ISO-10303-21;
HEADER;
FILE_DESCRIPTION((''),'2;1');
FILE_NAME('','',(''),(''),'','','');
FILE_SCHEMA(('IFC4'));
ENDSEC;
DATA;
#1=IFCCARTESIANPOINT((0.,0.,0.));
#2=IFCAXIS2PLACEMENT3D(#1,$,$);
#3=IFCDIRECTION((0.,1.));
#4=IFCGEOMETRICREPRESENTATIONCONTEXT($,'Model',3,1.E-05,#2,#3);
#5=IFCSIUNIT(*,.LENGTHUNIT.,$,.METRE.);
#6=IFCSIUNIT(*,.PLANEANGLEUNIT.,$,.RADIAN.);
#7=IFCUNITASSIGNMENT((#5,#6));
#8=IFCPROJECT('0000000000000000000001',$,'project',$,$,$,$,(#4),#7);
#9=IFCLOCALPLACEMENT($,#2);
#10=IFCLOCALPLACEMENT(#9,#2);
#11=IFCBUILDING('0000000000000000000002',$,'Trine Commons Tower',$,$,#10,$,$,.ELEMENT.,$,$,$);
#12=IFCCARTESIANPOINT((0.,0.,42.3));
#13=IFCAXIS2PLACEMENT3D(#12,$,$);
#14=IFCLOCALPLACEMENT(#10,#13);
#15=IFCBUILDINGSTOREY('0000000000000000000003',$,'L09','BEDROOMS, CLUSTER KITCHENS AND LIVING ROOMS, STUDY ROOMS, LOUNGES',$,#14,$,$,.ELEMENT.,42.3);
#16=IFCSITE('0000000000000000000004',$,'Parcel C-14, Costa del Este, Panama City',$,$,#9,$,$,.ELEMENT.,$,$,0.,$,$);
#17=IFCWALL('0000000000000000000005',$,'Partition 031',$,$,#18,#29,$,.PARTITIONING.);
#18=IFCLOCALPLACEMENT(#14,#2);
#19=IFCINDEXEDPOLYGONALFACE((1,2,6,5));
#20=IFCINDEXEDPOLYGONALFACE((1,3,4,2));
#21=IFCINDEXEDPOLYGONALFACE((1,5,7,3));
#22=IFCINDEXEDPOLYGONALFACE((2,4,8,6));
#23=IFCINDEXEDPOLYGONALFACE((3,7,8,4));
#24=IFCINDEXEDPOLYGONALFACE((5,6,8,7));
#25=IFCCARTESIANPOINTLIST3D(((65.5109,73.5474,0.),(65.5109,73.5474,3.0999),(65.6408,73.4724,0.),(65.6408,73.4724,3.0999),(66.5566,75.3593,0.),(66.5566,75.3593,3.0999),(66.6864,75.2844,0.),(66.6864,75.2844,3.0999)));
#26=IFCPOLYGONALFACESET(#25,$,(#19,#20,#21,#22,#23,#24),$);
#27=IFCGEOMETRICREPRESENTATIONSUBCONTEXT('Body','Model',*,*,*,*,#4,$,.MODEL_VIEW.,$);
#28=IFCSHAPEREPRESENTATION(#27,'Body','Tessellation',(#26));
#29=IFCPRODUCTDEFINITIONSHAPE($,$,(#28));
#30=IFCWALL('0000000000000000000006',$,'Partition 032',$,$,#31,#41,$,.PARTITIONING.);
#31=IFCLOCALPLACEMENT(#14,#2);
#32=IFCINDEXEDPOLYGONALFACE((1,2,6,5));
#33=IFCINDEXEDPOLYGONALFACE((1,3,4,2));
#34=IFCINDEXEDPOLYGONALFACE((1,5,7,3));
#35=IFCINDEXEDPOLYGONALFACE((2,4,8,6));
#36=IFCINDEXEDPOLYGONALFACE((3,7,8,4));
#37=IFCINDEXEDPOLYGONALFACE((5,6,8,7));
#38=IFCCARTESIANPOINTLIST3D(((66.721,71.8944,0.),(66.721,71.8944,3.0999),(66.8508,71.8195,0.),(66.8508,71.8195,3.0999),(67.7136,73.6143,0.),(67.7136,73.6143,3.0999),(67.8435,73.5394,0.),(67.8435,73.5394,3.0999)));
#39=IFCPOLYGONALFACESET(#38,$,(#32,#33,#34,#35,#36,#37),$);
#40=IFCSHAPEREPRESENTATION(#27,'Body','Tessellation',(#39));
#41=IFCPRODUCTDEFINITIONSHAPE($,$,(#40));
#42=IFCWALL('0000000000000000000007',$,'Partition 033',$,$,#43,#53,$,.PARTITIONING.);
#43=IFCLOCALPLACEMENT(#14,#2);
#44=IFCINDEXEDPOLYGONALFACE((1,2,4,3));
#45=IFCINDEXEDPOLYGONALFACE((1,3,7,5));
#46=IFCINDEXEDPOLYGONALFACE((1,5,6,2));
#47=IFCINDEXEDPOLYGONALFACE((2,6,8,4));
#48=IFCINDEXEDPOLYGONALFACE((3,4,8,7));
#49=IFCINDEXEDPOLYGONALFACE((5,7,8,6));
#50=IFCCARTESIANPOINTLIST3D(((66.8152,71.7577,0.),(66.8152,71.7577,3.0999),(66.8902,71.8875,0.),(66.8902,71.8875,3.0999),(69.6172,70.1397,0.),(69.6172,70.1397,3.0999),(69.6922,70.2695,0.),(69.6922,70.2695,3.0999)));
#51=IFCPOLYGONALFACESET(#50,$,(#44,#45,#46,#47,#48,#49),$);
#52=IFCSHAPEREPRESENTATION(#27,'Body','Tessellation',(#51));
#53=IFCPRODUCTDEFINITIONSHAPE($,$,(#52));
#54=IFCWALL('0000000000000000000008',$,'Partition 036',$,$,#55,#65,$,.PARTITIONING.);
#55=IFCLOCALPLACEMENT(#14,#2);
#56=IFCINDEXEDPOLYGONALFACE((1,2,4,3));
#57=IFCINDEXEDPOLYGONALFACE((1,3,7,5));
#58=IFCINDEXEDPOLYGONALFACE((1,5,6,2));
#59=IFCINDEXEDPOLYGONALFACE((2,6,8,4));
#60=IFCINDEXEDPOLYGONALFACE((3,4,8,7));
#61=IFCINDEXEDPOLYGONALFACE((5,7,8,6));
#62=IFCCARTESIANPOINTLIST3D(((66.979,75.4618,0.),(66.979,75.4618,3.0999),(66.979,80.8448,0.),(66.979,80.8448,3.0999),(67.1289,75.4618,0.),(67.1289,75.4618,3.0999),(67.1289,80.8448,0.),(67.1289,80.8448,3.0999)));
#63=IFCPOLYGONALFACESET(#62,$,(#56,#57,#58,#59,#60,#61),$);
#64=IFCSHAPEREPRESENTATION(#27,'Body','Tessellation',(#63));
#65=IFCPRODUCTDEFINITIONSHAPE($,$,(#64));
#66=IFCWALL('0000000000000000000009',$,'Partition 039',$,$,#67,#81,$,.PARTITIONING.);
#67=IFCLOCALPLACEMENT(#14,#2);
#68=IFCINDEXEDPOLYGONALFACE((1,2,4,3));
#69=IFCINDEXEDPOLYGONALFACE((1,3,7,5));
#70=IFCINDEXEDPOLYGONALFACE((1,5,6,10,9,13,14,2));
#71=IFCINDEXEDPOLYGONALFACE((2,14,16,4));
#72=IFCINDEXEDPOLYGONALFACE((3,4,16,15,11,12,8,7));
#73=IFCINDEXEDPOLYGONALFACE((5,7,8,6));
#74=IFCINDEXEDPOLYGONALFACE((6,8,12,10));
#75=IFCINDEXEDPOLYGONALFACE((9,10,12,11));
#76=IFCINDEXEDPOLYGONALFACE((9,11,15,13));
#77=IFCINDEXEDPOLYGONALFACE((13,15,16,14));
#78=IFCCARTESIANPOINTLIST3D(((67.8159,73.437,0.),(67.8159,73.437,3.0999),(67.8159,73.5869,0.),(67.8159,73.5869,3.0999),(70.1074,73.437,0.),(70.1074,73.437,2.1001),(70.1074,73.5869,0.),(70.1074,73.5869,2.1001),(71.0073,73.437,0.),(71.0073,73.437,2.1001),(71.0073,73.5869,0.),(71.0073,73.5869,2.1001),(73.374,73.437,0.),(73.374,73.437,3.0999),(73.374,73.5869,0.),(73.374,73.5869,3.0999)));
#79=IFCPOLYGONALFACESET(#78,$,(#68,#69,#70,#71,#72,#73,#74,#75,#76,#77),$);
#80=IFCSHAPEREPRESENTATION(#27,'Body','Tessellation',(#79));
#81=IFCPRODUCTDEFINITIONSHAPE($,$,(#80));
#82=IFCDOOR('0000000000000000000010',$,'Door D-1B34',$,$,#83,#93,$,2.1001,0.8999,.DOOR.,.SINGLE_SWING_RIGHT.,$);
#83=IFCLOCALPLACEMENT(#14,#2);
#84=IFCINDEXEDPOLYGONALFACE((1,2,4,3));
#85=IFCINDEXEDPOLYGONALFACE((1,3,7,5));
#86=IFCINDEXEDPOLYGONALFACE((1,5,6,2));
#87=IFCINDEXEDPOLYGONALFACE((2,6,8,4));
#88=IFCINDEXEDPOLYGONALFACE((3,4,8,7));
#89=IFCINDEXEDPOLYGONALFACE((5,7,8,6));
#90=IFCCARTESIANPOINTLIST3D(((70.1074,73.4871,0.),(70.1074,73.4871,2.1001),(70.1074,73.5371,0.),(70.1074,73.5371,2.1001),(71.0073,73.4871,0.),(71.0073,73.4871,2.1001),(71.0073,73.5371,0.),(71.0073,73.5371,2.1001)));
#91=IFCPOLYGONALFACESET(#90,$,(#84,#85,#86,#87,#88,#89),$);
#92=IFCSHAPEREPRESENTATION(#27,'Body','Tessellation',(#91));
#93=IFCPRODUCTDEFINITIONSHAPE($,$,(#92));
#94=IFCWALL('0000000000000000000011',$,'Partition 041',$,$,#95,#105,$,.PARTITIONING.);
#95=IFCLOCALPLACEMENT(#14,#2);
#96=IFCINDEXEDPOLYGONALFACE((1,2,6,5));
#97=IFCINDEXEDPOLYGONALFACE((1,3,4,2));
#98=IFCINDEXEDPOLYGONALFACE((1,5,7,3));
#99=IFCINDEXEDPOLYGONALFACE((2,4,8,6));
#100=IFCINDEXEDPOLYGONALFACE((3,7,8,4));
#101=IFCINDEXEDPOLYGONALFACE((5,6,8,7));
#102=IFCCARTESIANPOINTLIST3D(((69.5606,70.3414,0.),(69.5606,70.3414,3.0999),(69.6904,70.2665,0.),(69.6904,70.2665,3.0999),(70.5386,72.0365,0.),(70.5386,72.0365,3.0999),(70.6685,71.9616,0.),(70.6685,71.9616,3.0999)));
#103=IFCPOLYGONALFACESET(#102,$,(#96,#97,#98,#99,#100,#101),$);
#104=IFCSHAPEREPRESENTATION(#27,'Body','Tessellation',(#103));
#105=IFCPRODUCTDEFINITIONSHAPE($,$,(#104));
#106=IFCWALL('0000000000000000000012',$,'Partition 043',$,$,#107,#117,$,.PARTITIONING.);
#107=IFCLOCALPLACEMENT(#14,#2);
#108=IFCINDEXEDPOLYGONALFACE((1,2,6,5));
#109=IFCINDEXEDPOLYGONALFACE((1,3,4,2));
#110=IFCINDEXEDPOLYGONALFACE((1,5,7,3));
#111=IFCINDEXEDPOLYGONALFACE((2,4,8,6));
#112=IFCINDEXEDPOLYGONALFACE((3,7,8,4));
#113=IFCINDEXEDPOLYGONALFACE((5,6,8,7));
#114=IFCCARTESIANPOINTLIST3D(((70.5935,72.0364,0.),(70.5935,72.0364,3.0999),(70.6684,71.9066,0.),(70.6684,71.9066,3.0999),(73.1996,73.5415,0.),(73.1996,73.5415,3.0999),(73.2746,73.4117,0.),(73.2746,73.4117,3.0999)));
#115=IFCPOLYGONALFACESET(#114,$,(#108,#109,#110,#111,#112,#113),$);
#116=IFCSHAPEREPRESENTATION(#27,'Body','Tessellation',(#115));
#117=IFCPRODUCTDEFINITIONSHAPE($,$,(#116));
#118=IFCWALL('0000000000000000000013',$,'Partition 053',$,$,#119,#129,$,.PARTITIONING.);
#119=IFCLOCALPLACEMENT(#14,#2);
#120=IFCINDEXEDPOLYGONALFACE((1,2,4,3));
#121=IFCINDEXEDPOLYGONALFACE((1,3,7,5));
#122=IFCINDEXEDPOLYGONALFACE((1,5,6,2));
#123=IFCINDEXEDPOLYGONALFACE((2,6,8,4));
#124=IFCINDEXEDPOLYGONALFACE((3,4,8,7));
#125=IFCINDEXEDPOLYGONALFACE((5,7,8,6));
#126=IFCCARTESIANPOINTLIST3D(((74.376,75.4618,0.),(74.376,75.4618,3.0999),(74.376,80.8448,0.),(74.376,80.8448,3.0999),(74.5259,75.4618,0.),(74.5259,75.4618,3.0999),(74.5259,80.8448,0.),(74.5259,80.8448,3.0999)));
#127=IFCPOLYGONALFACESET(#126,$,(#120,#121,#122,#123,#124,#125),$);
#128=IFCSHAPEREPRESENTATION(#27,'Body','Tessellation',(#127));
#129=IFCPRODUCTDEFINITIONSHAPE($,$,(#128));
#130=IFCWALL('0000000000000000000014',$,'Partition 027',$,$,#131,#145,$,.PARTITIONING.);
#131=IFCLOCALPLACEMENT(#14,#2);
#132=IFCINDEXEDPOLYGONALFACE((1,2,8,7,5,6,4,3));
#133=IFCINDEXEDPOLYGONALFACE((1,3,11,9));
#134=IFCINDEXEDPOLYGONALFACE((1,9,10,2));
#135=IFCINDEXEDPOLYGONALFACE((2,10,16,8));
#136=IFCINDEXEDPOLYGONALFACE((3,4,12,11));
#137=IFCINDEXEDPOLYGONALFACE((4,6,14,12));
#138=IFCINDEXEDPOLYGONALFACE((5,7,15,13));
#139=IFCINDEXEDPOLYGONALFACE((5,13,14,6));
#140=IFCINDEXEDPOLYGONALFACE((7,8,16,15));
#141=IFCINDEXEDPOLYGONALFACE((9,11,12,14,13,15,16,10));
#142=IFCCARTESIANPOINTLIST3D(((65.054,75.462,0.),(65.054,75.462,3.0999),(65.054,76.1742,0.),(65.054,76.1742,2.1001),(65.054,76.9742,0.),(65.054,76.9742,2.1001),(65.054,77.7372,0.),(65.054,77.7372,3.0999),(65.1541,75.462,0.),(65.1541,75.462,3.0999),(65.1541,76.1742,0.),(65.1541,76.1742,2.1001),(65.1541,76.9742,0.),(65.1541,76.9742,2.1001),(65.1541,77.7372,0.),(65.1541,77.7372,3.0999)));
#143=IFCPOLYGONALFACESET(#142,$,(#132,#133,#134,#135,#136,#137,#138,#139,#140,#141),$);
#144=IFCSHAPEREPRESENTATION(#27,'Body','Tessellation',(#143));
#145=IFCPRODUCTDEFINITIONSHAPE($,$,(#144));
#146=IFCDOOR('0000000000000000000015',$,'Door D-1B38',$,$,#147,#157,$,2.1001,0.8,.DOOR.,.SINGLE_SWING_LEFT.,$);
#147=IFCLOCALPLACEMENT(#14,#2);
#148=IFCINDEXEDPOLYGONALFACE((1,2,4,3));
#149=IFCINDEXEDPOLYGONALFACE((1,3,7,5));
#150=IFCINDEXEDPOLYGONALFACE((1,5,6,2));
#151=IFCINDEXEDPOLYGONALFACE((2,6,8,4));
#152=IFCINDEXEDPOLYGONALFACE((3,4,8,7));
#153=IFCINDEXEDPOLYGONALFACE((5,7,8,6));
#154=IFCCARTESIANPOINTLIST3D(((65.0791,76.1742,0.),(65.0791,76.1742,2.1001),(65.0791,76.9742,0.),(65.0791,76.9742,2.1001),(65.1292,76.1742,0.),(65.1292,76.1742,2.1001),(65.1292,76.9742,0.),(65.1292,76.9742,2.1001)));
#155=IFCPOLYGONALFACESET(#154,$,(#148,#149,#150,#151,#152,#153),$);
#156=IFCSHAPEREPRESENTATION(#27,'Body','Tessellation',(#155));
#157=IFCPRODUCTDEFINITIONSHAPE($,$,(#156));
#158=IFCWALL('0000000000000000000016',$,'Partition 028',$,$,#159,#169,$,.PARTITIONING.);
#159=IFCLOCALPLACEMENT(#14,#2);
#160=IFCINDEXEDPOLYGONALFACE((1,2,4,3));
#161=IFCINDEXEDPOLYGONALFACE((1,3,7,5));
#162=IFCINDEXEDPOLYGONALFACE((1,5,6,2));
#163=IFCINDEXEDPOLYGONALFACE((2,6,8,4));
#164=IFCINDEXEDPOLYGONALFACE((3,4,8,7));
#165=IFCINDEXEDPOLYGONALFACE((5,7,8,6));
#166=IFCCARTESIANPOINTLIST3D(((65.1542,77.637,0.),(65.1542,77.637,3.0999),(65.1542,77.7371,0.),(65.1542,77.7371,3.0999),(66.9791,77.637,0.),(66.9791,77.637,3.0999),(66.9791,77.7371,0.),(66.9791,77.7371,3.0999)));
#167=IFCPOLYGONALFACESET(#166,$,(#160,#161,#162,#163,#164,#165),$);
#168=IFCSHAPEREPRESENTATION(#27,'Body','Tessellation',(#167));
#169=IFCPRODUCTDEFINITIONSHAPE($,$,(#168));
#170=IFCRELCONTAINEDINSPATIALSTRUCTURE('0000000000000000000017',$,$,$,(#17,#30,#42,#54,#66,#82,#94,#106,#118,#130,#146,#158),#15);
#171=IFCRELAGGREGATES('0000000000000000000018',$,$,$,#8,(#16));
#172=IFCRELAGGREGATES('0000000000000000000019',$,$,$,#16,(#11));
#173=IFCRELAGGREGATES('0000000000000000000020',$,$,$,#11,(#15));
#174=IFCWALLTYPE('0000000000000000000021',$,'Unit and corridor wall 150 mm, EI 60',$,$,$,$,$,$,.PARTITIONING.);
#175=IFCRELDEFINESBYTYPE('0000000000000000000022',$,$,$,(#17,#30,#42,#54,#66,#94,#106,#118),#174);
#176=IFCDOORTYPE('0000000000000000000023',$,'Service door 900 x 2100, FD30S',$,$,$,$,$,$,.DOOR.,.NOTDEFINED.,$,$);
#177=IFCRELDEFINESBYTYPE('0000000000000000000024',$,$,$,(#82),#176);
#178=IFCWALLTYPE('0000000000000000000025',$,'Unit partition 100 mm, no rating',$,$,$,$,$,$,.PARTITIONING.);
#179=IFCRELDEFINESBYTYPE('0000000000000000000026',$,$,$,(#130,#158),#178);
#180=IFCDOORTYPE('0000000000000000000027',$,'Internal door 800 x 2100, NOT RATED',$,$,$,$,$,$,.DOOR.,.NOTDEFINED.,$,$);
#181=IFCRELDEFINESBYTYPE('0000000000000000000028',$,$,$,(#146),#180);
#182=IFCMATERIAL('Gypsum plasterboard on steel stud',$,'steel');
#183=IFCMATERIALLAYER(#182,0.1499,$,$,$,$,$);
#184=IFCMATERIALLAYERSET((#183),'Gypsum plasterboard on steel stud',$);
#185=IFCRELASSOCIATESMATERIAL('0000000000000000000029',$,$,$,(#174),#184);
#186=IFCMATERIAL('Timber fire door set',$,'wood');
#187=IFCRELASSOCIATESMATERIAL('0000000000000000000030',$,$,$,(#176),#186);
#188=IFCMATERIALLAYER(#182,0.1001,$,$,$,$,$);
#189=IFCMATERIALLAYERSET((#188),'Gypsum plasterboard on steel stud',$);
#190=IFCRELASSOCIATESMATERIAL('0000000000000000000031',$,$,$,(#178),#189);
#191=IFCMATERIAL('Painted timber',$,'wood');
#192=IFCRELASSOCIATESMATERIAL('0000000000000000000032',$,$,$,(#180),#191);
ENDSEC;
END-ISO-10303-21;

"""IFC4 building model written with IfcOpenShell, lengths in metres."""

from ifc_helpers import new_model, si_unit, direction, frame, frame_2d, origin, place, context, subcontext, project, spatial, rectangle, extrude, material, layer, layer_set, type_object, element, fill, save


model = new_model("IFC4")

# Units and contexts
model_context = context("Model", 3, precision=1e-05, world=origin(), true_north=direction((0.0, 1.0)))
body_context = subcontext(model_context, "Body", "Model", "MODEL_VIEW")
ifc_project = project(units=[si_unit("LENGTHUNIT", "METRE"), si_unit("PLANEANGLEUNIT", "RADIAN")], contexts=[model_context])

# Site, building, storey
site_placement = place(None, origin())
site = spatial("IfcSite", under=ifc_project, at=site_placement, Name="Parcel C-14, Costa del Este, Panama City", CompositionType="ELEMENT", RefElevation=0.0)
building_placement = place(site_placement, origin())
building = spatial("IfcBuilding", under=site, at=building_placement, Name="Trine Commons Tower", CompositionType="ELEMENT")
storey_placement = place(building_placement, frame((0.0, 0.0, 42.3)))
storey = spatial("IfcBuildingStorey", under=building, at=storey_placement, Name="L09", Description="BEDROOMS, CLUSTER KITCHENS AND LIVING ROOMS, STUDY ROOMS, LOUNGES", CompositionType="ELEMENT", Elevation=42.3)

# Shared definitions
ifc_material_1 = material(Name="Gypsum plasterboard on steel stud", Category="steel")
ifc_layer_1 = layer(ifc_material_1, 0.1499)
ifc_layer_set_1 = layer_set([ifc_layer_1], Name="Gypsum plasterboard on steel stud")
wall_type_1 = type_object("IfcWallType", Name="Unit and corridor wall 150 mm, EI 60", PredefinedType="PARTITIONING", material=ifc_layer_set_1)

# Shared definitions
ifc_material_2 = material(Name="Painted timber", Category="wood")

# Walls
wall_1_placement = place(storey_placement, frame((65.5759, 73.51, 0.0), z_axis=(0.0, 0.0, 1.0), x_axis=(0.499817, 0.866131, 0.0)))
element("IfcWall", 1, at=wall_1_placement, inside=storey, type_object=wall_type_1, Name="Partition 031", PredefinedType="PARTITIONING", context=body_context, shape_type="SweptSolid", body=[
    extrude(rectangle(XDim=2.092, YDim=0.1499, at=frame_2d((1.0459, 0.0))), origin(), (0.0, 0.0, 1.0), 3.0999),
])
wall_2_placement = place(storey_placement, frame((66.7859, 71.8569, 0.0), z_axis=(0.0, 0.0, 1.0), x_axis=(0.499868, 0.866102, 0.0)))
element("IfcWall", 2, at=wall_2_placement, inside=storey, type_object=wall_type_1, Name="Partition 032", PredefinedType="PARTITIONING", context=body_context, shape_type="SweptSolid", body=[
    extrude(rectangle(XDim=1.9858, YDim=0.1499, at=frame_2d((0.9929, 0.0))), origin(), (0.0, 0.0, 1.0), 3.0999),
])
wall_3_placement = place(storey_placement, frame((66.8528, 71.8225, 0.0), z_axis=(0.0, 0.0, 1.0), x_axis=(0.866001, -0.500042, 0.0)))
element("IfcWall", 3, at=wall_3_placement, inside=storey, type_object=wall_type_1, Name="Partition 033", PredefinedType="PARTITIONING", context=body_context, shape_type="SweptSolid", body=[
    extrude(rectangle(XDim=3.2356, YDim=0.1499, at=frame_2d((1.6177, 0.0))), origin(), (0.0, 0.0, 1.0), 3.0999),
])
wall_4_placement = place(storey_placement, frame((67.054, 75.4619, 0.0), z_axis=(0.0, 0.0, 1.0), x_axis=(0.0, 1.0, 0.0)))
element("IfcWall", 4, at=wall_4_placement, inside=storey, type_object=wall_type_1, Name="Partition 036", PredefinedType="PARTITIONING", context=body_context, shape_type="SweptSolid", body=[
    extrude(rectangle(XDim=5.3831, YDim=0.1499, at=frame_2d((2.6914, 0.0))), origin(), (0.0, 0.0, 1.0), 3.0999),
])

# Wall, opening, door
wall_5_placement = place(storey_placement, frame((67.8159, 73.512, 0.0), z_axis=(0.0, 0.0, 1.0), x_axis=(1.0, 0.0, 0.0)))
wall_5 = element("IfcWall", 5, at=wall_5_placement, inside=storey, type_object=wall_type_1, Name="Partition 039", PredefinedType="PARTITIONING", context=body_context, shape_type="SweptSolid", body=[
    extrude(rectangle(XDim=5.5581, YDim=0.1499, at=frame_2d((2.7791, 0.0))), origin(), (0.0, 0.0, 1.0), 3.0999),
])
opening_1_placement = place(wall_5_placement, frame((2.2915, 0.0, 0.0)))
opening_1 = element("IfcOpeningElement", 6, at=opening_1_placement, cuts=wall_5, PredefinedType="OPENING", context=body_context, shape_type="SweptSolid", body=[
    extrude(rectangle(XDim=0.8999, YDim=2.1001, at=frame_2d((0.45, 1.05))), frame((0.0, 0.085, 0.0), z_axis=(0.0, -1.0, 0.0), x_axis=(1.0, 0.0, 0.0)), (0.0, 0.0, 1.0), 0.1699),
])
ifc_material_3 = material(Name="Timber fire door set", Category="wood")
door_type_1 = type_object("IfcDoorType", Name="Service door 900 x 2100, FD30S", OperationType="NOTDEFINED", PredefinedType="DOOR", material=ifc_material_3)
door_1_placement = place(opening_1_placement, frame((0.8999, 0.0, 0.0), z_axis=(0.0, 0.0, 1.0), x_axis=(-1.0, 0.0, 0.0)))
door_1 = element("IfcDoor", 7, at=door_1_placement, inside=storey, type_object=door_type_1, Name="Door D-1B34", OperationType="SINGLE_SWING_RIGHT", OverallHeight=2.1001, OverallWidth=0.8999, PredefinedType="DOOR", context=body_context, shape_type="SweptSolid", body=[
    extrude(rectangle(XDim=0.8999, YDim=2.1001, at=frame_2d((0.45, 1.05))), frame((0.0, 0.0249, 0.0), z_axis=(0.0, -1.0, 0.0), x_axis=(1.0, 0.0, 0.0)), (0.0, 0.0, 1.0), 0.05),
])
fill(opening_1, door_1)

# Walls
wall_6_placement = place(storey_placement, frame((69.6255, 70.304, 0.0), z_axis=(0.0, 0.0, 1.0), x_axis=(0.499762, 0.866163, 0.0)))
element("IfcWall", 8, at=wall_6_placement, inside=storey, type_object=wall_type_1, Name="Partition 041", PredefinedType="PARTITIONING", context=body_context, shape_type="SweptSolid", body=[
    extrude(rectangle(XDim=1.957, YDim=0.1499, at=frame_2d((0.9785, 0.0))), origin(), (0.0, 0.0, 1.0), 3.0999),
])
wall_7_placement = place(storey_placement, frame((70.6309, 71.9714, 0.0), z_axis=(0.0, 0.0, 1.0), x_axis=(0.865963, 0.500109, 0.0)))
element("IfcWall", 9, at=wall_7_placement, inside=storey, type_object=wall_type_1, Name="Partition 043", PredefinedType="PARTITIONING", context=body_context, shape_type="SweptSolid", body=[
    extrude(rectangle(XDim=3.0095, YDim=0.1499, at=frame_2d((1.5049, 0.0))), origin(), (0.0, 0.0, 1.0), 3.0999),
])
wall_8_placement = place(storey_placement, frame((74.4509, 75.4619, 0.0), z_axis=(0.0, 0.0, 1.0), x_axis=(0.0, 1.0, 0.0)))
element("IfcWall", 10, at=wall_8_placement, inside=storey, type_object=wall_type_1, Name="Partition 053", PredefinedType="PARTITIONING", context=body_context, shape_type="SweptSolid", body=[
    extrude(rectangle(XDim=5.3831, YDim=0.1499, at=frame_2d((2.6914, 0.0))), origin(), (0.0, 0.0, 1.0), 3.0999),
])

# Wall, opening, door
ifc_layer_2 = layer(ifc_material_1, 0.1001)
ifc_layer_set_2 = layer_set([ifc_layer_2], Name="Gypsum plasterboard on steel stud")
wall_type_2 = type_object("IfcWallType", Name="Unit partition 100 mm, no rating", PredefinedType="PARTITIONING", material=ifc_layer_set_2)
wall_9_placement = place(storey_placement, frame((65.104, 75.4619, 0.0), z_axis=(0.0, 0.0, 1.0), x_axis=(0.0, 1.0, 0.0)))
wall_9 = element("IfcWall", 11, at=wall_9_placement, inside=storey, type_object=wall_type_2, Name="Partition 027", PredefinedType="PARTITIONING", context=body_context, shape_type="SweptSolid", body=[
    extrude(rectangle(XDim=2.2751, YDim=0.1001, at=frame_2d((1.1377, 0.0))), origin(), (0.0, 0.0, 1.0), 3.0999),
])
opening_2_placement = place(wall_9_placement, frame((0.7124, 0.0, 0.0)))
opening_2 = element("IfcOpeningElement", 12, at=opening_2_placement, cuts=wall_9, PredefinedType="OPENING", context=body_context, shape_type="SweptSolid", body=[
    extrude(rectangle(XDim=0.8, YDim=2.1001, at=frame_2d((0.3999, 1.05))), frame((0.0, 0.0601, 0.0), z_axis=(0.0, -1.0, 0.0), x_axis=(1.0, 0.0, 0.0)), (0.0, 0.0, 1.0), 0.1201),
])
door_type_2 = type_object("IfcDoorType", Name="Internal door 800 x 2100, NOT RATED", OperationType="NOTDEFINED", PredefinedType="DOOR", material=ifc_material_2)
door_2_placement = place(opening_2_placement, origin())
door_2 = element("IfcDoor", 13, at=door_2_placement, inside=storey, type_object=door_type_2, Name="Door D-1B38", OperationType="SINGLE_SWING_LEFT", OverallHeight=2.1001, OverallWidth=0.8, PredefinedType="DOOR", context=body_context, shape_type="SweptSolid", body=[
    extrude(rectangle(XDim=0.8, YDim=2.1001, at=frame_2d((0.3999, 1.05))), frame((0.0, 0.0249, 0.0), z_axis=(0.0, -1.0, 0.0), x_axis=(1.0, 0.0, 0.0)), (0.0, 0.0, 1.0), 0.05),
])
fill(opening_2, door_2)

# Wall
wall_10_placement = place(storey_placement, frame((65.1541, 77.687, 0.0), z_axis=(0.0, 0.0, 1.0), x_axis=(1.0, 0.0, 0.0)))
element("IfcWall", 14, at=wall_10_placement, inside=storey, type_object=wall_type_2, Name="Partition 028", PredefinedType="PARTITIONING", context=body_context, shape_type="SweptSolid", body=[
    extrude(rectangle(XDim=1.825, YDim=0.1001, at=frame_2d((0.9126, 0.0))), origin(), (0.0, 0.0, 1.0), 3.0999),
])

save(model, "model.ifc")
